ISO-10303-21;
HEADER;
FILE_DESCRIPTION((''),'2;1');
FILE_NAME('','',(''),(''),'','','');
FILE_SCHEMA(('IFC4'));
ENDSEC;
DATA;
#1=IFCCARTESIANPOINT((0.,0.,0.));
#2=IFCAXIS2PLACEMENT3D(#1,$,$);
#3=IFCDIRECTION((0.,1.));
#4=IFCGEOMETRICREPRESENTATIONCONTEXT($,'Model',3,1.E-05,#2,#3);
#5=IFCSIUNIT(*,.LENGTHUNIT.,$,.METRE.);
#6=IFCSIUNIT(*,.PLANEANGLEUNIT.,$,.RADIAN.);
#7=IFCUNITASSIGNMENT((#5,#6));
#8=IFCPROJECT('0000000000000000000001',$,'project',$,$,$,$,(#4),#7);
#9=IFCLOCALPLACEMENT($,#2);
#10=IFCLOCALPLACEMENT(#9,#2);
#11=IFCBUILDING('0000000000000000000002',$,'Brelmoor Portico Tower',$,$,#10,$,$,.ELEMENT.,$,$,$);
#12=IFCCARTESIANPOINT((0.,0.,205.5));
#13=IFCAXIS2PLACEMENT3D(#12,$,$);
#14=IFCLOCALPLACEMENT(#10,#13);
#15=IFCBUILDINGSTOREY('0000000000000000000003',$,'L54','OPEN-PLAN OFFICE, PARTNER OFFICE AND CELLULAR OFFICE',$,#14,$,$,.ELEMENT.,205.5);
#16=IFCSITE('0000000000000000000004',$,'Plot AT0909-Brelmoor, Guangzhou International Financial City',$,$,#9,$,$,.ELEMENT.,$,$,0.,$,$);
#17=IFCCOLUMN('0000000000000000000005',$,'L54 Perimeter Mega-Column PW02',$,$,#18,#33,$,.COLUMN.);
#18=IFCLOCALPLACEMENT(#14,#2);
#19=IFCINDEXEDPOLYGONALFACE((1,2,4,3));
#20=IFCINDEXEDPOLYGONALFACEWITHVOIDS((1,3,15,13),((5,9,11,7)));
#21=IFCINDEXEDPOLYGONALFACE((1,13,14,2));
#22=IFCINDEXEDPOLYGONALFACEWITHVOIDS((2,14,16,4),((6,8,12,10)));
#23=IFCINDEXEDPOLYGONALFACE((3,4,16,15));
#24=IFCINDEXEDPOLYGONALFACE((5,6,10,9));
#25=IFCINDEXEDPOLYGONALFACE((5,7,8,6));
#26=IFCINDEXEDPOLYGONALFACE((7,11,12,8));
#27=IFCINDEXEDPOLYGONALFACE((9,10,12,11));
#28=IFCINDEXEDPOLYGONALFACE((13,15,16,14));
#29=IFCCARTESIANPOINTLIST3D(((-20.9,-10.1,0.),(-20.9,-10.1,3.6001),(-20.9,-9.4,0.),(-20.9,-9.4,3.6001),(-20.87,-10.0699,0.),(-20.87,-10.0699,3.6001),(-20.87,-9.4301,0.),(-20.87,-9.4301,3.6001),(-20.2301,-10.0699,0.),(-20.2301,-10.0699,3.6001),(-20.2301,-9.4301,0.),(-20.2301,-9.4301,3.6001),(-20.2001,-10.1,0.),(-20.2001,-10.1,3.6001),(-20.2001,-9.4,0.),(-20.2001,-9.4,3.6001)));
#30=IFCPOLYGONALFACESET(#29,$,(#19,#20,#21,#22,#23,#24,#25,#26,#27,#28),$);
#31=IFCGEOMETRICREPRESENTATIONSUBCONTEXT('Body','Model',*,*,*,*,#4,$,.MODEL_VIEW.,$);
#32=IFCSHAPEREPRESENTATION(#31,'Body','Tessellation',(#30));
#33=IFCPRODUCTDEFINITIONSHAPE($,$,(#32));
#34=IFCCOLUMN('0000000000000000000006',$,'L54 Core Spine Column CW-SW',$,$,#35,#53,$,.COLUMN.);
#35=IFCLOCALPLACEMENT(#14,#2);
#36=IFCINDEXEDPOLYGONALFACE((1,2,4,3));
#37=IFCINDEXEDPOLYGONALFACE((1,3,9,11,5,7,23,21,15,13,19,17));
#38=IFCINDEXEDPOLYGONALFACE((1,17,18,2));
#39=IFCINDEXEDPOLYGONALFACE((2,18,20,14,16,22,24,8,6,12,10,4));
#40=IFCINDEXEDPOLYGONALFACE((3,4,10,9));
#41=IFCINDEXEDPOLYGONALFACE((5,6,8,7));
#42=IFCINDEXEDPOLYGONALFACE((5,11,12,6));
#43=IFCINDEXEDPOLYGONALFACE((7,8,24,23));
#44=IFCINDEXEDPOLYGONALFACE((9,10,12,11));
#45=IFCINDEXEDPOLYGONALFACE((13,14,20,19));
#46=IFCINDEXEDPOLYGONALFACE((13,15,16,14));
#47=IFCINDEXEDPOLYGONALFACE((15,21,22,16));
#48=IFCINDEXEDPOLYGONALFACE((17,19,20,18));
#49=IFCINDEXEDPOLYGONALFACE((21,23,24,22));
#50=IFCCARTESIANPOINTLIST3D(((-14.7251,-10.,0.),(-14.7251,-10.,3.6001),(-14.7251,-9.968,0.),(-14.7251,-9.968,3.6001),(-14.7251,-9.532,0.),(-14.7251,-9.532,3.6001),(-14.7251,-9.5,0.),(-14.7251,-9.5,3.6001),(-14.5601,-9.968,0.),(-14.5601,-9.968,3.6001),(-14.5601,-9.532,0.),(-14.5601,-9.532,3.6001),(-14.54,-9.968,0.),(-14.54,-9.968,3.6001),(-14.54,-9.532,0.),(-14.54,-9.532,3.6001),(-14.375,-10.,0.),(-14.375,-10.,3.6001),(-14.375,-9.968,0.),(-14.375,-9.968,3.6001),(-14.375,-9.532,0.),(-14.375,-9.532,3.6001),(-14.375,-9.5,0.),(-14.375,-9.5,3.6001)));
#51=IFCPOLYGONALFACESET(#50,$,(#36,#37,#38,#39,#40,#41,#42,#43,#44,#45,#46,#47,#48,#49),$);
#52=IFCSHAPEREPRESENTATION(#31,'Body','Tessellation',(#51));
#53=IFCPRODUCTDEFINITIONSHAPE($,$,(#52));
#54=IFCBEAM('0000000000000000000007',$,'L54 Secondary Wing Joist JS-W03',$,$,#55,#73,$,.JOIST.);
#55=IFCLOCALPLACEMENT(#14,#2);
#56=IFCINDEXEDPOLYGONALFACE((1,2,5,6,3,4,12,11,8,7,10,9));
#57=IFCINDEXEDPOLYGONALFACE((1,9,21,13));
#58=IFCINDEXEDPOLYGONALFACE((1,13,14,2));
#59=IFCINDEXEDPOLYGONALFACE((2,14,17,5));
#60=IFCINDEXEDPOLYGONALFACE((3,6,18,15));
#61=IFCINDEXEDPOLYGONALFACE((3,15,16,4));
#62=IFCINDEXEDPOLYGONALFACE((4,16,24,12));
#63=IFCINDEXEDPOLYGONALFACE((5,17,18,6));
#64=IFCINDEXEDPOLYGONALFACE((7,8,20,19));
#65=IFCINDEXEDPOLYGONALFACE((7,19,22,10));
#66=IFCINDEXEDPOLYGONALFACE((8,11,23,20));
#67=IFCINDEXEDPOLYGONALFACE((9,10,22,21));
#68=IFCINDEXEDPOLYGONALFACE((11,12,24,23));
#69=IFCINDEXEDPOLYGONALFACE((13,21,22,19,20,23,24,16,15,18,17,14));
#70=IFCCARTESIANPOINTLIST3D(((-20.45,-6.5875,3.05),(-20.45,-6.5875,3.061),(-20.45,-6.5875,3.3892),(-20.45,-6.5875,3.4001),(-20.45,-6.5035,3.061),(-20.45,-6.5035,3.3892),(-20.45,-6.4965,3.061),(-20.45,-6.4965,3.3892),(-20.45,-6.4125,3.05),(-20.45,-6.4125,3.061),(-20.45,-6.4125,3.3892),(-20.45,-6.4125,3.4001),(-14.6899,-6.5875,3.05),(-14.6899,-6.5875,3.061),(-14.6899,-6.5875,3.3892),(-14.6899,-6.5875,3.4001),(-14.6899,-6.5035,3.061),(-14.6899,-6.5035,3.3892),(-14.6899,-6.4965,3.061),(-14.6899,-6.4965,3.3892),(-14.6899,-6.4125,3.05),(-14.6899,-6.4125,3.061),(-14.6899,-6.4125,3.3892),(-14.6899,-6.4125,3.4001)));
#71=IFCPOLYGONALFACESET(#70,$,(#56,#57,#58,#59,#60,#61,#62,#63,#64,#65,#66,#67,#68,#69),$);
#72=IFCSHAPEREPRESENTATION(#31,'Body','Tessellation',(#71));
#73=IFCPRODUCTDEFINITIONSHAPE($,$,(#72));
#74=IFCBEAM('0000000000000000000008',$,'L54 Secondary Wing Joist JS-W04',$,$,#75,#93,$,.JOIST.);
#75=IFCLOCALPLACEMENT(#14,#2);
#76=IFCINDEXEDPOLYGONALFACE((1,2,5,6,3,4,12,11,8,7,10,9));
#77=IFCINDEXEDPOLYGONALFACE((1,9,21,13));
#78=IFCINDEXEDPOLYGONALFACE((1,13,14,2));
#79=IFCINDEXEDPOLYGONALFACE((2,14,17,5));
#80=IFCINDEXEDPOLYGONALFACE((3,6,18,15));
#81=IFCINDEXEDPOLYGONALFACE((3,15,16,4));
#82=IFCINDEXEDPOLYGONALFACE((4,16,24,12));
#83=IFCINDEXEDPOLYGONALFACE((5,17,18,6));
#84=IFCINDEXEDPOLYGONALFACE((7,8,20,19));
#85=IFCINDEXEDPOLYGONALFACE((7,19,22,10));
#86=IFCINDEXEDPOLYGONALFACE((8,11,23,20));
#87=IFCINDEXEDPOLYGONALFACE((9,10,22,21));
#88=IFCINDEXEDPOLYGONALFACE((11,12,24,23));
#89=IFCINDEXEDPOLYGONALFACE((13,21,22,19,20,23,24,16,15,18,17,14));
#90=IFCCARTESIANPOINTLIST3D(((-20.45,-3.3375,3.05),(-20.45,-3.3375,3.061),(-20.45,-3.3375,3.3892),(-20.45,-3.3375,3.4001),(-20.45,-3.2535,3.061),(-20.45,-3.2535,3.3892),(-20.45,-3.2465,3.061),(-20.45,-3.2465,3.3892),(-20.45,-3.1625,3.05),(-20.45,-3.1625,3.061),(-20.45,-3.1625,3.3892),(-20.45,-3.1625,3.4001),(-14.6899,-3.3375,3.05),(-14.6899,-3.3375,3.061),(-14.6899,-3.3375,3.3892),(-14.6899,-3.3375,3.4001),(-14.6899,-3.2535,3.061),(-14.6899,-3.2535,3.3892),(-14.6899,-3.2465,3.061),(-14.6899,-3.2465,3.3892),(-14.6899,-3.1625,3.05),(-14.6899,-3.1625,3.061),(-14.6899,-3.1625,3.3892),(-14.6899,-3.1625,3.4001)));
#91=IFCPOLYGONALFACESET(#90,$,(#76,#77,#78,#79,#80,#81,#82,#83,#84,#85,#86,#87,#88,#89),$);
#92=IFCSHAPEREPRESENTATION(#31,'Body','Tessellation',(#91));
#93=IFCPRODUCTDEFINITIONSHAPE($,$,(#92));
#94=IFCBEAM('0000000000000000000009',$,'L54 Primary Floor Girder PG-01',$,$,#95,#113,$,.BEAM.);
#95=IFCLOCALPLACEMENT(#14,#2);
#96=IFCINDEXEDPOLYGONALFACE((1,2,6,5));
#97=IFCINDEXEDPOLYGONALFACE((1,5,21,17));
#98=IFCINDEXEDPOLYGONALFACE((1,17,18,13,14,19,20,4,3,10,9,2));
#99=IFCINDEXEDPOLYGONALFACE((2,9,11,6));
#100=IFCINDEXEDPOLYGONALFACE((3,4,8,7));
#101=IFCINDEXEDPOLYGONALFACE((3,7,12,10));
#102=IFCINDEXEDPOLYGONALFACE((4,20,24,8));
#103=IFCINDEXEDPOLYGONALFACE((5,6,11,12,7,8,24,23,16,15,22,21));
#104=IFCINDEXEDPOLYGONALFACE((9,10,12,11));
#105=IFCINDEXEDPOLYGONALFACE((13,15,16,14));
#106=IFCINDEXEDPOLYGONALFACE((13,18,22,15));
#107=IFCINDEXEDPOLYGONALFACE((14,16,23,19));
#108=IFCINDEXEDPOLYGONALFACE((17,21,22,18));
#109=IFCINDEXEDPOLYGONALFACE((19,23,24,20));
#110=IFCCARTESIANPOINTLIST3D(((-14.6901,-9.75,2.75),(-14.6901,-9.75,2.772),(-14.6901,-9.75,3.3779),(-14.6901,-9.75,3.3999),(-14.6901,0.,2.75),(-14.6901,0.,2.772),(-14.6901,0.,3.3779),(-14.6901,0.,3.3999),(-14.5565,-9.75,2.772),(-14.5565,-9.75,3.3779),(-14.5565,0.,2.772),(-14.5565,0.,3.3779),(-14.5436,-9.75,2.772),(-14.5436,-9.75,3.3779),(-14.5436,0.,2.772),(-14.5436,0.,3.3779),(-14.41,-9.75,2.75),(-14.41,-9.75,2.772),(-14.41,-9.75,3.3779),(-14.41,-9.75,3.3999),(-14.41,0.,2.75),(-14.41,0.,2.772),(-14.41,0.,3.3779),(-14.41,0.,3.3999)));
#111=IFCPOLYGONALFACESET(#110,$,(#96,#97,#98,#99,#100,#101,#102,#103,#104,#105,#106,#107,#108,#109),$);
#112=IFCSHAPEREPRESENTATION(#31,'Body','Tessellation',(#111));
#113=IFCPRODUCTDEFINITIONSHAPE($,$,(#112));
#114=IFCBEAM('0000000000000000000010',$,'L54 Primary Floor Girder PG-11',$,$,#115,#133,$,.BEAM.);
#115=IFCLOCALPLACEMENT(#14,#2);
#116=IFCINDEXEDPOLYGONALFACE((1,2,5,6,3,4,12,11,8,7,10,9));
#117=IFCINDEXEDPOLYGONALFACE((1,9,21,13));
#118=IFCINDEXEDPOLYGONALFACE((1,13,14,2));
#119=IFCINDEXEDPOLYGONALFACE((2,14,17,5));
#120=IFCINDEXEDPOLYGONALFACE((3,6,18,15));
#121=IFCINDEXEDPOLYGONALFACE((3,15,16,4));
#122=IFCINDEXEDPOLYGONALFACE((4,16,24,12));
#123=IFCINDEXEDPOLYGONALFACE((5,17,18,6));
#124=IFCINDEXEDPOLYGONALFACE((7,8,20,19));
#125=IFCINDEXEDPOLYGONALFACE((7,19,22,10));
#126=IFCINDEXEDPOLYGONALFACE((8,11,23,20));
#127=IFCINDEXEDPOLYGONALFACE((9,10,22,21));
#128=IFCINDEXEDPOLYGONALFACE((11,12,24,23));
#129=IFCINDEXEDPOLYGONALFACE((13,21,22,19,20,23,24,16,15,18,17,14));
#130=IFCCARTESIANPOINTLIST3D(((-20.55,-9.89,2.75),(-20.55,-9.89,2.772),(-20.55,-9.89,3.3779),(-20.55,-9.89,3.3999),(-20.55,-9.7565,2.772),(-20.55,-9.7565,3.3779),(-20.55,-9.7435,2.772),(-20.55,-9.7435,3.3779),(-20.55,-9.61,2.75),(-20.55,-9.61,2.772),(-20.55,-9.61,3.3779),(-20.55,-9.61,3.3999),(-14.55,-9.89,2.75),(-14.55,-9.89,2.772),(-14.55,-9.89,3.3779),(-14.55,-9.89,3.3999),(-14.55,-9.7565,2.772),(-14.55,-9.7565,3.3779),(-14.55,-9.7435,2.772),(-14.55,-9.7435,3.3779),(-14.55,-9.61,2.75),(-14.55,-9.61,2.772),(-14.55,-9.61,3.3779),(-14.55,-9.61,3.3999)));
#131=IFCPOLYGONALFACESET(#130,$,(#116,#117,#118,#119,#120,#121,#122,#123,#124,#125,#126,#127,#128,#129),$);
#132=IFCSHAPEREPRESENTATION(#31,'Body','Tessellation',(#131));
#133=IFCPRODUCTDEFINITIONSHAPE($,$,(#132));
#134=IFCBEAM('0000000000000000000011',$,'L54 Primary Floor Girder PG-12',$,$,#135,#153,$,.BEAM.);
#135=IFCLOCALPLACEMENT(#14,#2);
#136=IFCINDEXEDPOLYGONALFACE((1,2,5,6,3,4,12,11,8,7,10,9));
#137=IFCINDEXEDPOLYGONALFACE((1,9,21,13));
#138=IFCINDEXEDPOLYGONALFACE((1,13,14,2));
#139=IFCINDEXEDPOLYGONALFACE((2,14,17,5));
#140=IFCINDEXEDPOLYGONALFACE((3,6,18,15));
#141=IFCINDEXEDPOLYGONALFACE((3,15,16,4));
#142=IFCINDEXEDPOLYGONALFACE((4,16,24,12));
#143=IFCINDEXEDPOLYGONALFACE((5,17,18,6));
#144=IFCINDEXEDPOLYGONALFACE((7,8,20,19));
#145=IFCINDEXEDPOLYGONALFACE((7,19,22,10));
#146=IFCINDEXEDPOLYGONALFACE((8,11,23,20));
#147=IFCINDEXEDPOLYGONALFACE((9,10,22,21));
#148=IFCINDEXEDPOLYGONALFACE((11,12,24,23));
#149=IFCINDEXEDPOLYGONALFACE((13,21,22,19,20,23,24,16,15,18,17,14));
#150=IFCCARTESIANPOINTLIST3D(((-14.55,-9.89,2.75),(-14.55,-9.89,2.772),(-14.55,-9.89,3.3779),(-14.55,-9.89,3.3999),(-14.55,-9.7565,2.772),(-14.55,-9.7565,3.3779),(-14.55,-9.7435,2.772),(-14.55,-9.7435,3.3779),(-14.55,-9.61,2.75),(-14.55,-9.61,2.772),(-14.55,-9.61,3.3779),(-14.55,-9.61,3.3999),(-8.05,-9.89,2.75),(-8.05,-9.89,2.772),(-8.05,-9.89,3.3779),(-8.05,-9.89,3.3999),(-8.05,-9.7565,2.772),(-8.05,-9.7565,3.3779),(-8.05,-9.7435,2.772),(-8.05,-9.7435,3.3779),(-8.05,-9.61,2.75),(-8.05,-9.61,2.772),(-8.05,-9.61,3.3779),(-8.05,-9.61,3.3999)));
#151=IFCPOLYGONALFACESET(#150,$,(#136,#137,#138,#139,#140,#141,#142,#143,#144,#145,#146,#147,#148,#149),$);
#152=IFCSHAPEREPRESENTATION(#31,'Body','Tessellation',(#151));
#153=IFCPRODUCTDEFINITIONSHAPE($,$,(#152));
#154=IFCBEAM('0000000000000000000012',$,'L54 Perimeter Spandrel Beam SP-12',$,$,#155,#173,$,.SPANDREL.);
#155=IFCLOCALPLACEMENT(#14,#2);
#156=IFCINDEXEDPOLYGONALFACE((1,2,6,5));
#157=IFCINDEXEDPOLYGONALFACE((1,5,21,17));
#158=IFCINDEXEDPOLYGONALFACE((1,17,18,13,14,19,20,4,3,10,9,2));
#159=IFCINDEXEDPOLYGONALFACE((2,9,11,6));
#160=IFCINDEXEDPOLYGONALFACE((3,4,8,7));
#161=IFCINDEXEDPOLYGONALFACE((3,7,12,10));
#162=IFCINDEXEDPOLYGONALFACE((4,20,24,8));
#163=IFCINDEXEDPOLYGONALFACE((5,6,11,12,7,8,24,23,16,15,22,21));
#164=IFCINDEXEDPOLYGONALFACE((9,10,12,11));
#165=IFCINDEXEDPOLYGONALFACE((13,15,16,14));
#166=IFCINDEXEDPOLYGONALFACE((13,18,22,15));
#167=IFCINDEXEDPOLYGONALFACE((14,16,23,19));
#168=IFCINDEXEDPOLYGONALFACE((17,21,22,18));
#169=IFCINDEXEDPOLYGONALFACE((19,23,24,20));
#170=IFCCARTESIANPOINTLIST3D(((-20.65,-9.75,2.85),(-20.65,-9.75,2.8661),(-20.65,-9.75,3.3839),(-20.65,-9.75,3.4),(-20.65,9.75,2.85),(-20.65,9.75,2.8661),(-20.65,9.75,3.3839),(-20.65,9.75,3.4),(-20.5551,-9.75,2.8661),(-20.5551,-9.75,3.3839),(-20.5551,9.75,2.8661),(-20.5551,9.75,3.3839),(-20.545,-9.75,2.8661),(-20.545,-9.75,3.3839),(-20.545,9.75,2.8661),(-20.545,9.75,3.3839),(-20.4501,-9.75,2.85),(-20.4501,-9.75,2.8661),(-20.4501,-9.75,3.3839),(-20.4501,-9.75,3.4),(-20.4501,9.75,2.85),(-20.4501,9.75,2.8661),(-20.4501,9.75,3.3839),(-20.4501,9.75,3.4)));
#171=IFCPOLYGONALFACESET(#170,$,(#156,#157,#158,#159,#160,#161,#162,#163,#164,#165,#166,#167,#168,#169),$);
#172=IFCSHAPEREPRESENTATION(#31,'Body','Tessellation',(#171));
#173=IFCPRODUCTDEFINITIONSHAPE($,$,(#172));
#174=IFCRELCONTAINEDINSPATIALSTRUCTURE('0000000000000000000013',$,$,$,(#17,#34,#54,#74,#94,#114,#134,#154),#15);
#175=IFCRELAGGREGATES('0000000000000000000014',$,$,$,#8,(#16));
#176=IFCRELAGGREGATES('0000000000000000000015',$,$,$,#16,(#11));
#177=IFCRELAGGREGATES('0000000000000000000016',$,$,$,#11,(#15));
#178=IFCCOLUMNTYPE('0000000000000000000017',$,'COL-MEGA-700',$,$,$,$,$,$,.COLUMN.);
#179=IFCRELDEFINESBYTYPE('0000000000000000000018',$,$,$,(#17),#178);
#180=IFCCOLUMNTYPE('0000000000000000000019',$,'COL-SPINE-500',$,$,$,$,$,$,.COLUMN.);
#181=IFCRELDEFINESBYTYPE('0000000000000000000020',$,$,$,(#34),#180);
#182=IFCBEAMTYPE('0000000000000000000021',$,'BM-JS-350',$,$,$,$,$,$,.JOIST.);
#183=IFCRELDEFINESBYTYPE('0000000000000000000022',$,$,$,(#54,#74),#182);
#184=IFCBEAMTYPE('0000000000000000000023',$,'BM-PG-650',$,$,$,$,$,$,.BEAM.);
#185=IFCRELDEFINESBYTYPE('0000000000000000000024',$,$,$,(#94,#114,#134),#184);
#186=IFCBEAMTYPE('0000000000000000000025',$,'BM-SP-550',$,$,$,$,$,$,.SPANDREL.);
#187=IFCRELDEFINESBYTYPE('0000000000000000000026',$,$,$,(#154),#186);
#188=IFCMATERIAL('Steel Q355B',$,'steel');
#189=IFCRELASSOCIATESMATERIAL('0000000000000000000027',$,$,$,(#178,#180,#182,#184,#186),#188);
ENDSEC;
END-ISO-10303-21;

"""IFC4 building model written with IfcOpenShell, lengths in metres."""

from ifc_helpers import new_model, si_unit, direction, frame, origin, origin_2d, place, context, subcontext, project, spatial, hollow_rectangle, i_section, extrude, material, material_profile, profile_set, type_object, element, save


model = new_model("IFC4")

# Units and contexts
model_context = context("Model", 3, precision=1e-05, world=origin(), true_north=direction((0.0, 1.0)))
body_context = subcontext(model_context, "Body", "Model", "MODEL_VIEW")
ifc_project = project(units=[si_unit("LENGTHUNIT", "METRE"), si_unit("PLANEANGLEUNIT", "RADIAN")], contexts=[model_context])

# Site, building, storey
site_placement = place(None, origin())
site = spatial("IfcSite", under=ifc_project, at=site_placement, Name="Plot AT0909-Brelmoor, Guangzhou International Financial City", CompositionType="ELEMENT", RefElevation=0.0)
building_placement = place(site_placement, origin())
building = spatial("IfcBuilding", under=site, at=building_placement, Name="Brelmoor Portico Tower", CompositionType="ELEMENT")
storey_placement = place(building_placement, frame((0.0, 0.0, 205.5)))
storey = spatial("IfcBuildingStorey", under=building, at=storey_placement, Name="L54", Description="OPEN-PLAN OFFICE, PARTNER OFFICE AND CELLULAR OFFICE", CompositionType="ELEMENT", Elevation=205.5)

# Columns
ifc_material_1 = material(Name="Steel Q355B", Category="steel")
ifc_material_profile_1 = material_profile(ifc_material_1, hollow_rectangle(XDim=0.7, YDim=0.7, WallThickness=0.03, at=origin_2d()), Name="BOX 700x700x30")
ifc_profile_set_1 = profile_set([ifc_material_profile_1], Name="Steel Q355B")
column_type_1 = type_object("IfcColumnType", Name="COL-MEGA-700", PredefinedType="COLUMN", material=ifc_profile_set_1)
column_1_placement = place(storey_placement, frame((-20.55, -9.75, 0.0), z_axis=(0.0, 0.0, 1.0), x_axis=(0.0, 1.0, 0.0)))
element("IfcColumn", 1, at=column_1_placement, inside=storey, type_object=column_type_1, Name="L54 Perimeter Mega-Column PW02", PredefinedType="COLUMN", context=body_context, shape_type="SweptSolid", body=[
    extrude(hollow_rectangle(XDim=0.7, YDim=0.7, WallThickness=0.03, at=origin_2d()), origin(), (0.0, 0.0, 1.0), 3.6001),
])
ifc_material_profile_2 = material_profile(ifc_material_1, i_section(OverallWidth=0.3501, OverallDepth=0.5, WebThickness=0.02, FlangeThickness=0.032, at=origin_2d()), Name="HW 500x350x20x32")
ifc_profile_set_2 = profile_set([ifc_material_profile_2], Name="Steel Q355B")
column_type_2 = type_object("IfcColumnType", Name="COL-SPINE-500", PredefinedType="COLUMN", material=ifc_profile_set_2)
column_2_placement = place(storey_placement, frame((-14.55, -9.75, 0.0), z_axis=(0.0, 0.0, 1.0), x_axis=(1.0, 0.0, 0.0)))
element("IfcColumn", 2, at=column_2_placement, inside=storey, type_object=column_type_2, Name="L54 Core Spine Column CW-SW", PredefinedType="COLUMN", context=body_context, shape_type="SweptSolid", body=[
    extrude(i_section(OverallWidth=0.3501, OverallDepth=0.5, WebThickness=0.02, FlangeThickness=0.032, at=origin_2d()), origin(), (0.0, 0.0, 1.0), 3.6001),
])

# Beams
ifc_material_profile_3 = material_profile(ifc_material_1, i_section(OverallWidth=0.175, OverallDepth=0.3501, WebThickness=0.0071, FlangeThickness=0.011, at=origin_2d()), Name="HN 350x175x7x11")
ifc_profile_set_3 = profile_set([ifc_material_profile_3], Name="Steel Q355B")
beam_type_1 = type_object("IfcBeamType", Name="BM-JS-350", PredefinedType="JOIST", material=ifc_profile_set_3)
for number, where, z_axis, x_axis, name in (
    (3, (-20.45, -6.5, 3.2251), (1.0, 0.0, 0.0), (0.0, 1.0, 0.0), "L54 Secondary Wing Joist JS-W03"),
    (4, (-20.45, -3.25, 3.2251), (1.0, 0.0, 0.0), (0.0, 1.0, 0.0), "L54 Secondary Wing Joist JS-W04"),
):
    element("IfcBeam", number, at=place(storey_placement, frame(where, z_axis=z_axis, x_axis=x_axis)), inside=storey, type_object=beam_type_1, Name=name, PredefinedType="JOIST", context=body_context, shape_type="SweptSolid", body=[
        extrude(i_section(OverallWidth=0.175, OverallDepth=0.3501, WebThickness=0.0071, FlangeThickness=0.011, at=origin_2d()), origin(), (0.0, 0.0, 1.0), 5.76),
    ])
ifc_material_profile_4 = material_profile(ifc_material_1, i_section(OverallWidth=0.28, OverallDepth=0.6499, WebThickness=0.0129, FlangeThickness=0.022, at=origin_2d()), Name="HN 650x280x13x22")
ifc_profile_set_4 = profile_set([ifc_material_profile_4], Name="Steel Q355B")
beam_type_2 = type_object("IfcBeamType", Name="BM-PG-650", PredefinedType="BEAM", material=ifc_profile_set_4)
beam_1_placement = place(storey_placement, frame((-14.55, -9.75, 3.075), z_axis=(0.0, 1.0, 0.0), x_axis=(-1.0, 0.0, 0.0)))
element("IfcBeam", 5, at=beam_1_placement, inside=storey, type_object=beam_type_2, Name="L54 Primary Floor Girder PG-01", PredefinedType="BEAM", context=body_context, shape_type="SweptSolid", body=[
    extrude(i_section(OverallWidth=0.28, OverallDepth=0.6499, WebThickness=0.0129, FlangeThickness=0.022, at=origin_2d()), origin(), (0.0, 0.0, 1.0), 9.75),
])
beam_2_placement = place(storey_placement, frame((-20.55, -9.75, 3.075), z_axis=(1.0, 0.0, 0.0), x_axis=(0.0, 1.0, 0.0)))
element("IfcBeam", 6, at=beam_2_placement, inside=storey, type_object=beam_type_2, Name="L54 Primary Floor Girder PG-11", PredefinedType="BEAM", context=body_context, shape_type="SweptSolid", body=[
    extrude(i_section(OverallWidth=0.28, OverallDepth=0.6499, WebThickness=0.0129, FlangeThickness=0.022, at=origin_2d()), origin(), (0.0, 0.0, 1.0), 6.0),
])
beam_3_placement = place(storey_placement, frame((-14.55, -9.75, 3.075), z_axis=(1.0, 0.0, 0.0), x_axis=(0.0, 1.0, 0.0)))
element("IfcBeam", 7, at=beam_3_placement, inside=storey, type_object=beam_type_2, Name="L54 Primary Floor Girder PG-12", PredefinedType="BEAM", context=body_context, shape_type="SweptSolid", body=[
    extrude(i_section(OverallWidth=0.28, OverallDepth=0.6499, WebThickness=0.0129, FlangeThickness=0.022, at=origin_2d()), origin(), (0.0, 0.0, 1.0), 6.5),
])
ifc_material_profile_5 = material_profile(ifc_material_1, i_section(OverallWidth=0.2, OverallDepth=0.55, WebThickness=0.01, FlangeThickness=0.0161, at=origin_2d()), Name="HN 550x200x10x16")
ifc_profile_set_5 = profile_set([ifc_material_profile_5], Name="Steel Q355B")
beam_type_3 = type_object("IfcBeamType", Name="BM-SP-550", PredefinedType="SPANDREL", material=ifc_profile_set_5)
beam_4_placement = place(storey_placement, frame((-20.55, -9.75, 3.125), z_axis=(0.0, 1.0, 0.0), x_axis=(-1.0, 0.0, 0.0)))
element("IfcBeam", 8, at=beam_4_placement, inside=storey, type_object=beam_type_3, Name="L54 Perimeter Spandrel Beam SP-12", PredefinedType="SPANDREL", context=body_context, shape_type="SweptSolid", body=[
    extrude(i_section(OverallWidth=0.2, OverallDepth=0.55, WebThickness=0.01, FlangeThickness=0.0161, at=origin_2d()), origin(), (0.0, 0.0, 1.0), 19.5),
])

save(model, "model.ifc")
